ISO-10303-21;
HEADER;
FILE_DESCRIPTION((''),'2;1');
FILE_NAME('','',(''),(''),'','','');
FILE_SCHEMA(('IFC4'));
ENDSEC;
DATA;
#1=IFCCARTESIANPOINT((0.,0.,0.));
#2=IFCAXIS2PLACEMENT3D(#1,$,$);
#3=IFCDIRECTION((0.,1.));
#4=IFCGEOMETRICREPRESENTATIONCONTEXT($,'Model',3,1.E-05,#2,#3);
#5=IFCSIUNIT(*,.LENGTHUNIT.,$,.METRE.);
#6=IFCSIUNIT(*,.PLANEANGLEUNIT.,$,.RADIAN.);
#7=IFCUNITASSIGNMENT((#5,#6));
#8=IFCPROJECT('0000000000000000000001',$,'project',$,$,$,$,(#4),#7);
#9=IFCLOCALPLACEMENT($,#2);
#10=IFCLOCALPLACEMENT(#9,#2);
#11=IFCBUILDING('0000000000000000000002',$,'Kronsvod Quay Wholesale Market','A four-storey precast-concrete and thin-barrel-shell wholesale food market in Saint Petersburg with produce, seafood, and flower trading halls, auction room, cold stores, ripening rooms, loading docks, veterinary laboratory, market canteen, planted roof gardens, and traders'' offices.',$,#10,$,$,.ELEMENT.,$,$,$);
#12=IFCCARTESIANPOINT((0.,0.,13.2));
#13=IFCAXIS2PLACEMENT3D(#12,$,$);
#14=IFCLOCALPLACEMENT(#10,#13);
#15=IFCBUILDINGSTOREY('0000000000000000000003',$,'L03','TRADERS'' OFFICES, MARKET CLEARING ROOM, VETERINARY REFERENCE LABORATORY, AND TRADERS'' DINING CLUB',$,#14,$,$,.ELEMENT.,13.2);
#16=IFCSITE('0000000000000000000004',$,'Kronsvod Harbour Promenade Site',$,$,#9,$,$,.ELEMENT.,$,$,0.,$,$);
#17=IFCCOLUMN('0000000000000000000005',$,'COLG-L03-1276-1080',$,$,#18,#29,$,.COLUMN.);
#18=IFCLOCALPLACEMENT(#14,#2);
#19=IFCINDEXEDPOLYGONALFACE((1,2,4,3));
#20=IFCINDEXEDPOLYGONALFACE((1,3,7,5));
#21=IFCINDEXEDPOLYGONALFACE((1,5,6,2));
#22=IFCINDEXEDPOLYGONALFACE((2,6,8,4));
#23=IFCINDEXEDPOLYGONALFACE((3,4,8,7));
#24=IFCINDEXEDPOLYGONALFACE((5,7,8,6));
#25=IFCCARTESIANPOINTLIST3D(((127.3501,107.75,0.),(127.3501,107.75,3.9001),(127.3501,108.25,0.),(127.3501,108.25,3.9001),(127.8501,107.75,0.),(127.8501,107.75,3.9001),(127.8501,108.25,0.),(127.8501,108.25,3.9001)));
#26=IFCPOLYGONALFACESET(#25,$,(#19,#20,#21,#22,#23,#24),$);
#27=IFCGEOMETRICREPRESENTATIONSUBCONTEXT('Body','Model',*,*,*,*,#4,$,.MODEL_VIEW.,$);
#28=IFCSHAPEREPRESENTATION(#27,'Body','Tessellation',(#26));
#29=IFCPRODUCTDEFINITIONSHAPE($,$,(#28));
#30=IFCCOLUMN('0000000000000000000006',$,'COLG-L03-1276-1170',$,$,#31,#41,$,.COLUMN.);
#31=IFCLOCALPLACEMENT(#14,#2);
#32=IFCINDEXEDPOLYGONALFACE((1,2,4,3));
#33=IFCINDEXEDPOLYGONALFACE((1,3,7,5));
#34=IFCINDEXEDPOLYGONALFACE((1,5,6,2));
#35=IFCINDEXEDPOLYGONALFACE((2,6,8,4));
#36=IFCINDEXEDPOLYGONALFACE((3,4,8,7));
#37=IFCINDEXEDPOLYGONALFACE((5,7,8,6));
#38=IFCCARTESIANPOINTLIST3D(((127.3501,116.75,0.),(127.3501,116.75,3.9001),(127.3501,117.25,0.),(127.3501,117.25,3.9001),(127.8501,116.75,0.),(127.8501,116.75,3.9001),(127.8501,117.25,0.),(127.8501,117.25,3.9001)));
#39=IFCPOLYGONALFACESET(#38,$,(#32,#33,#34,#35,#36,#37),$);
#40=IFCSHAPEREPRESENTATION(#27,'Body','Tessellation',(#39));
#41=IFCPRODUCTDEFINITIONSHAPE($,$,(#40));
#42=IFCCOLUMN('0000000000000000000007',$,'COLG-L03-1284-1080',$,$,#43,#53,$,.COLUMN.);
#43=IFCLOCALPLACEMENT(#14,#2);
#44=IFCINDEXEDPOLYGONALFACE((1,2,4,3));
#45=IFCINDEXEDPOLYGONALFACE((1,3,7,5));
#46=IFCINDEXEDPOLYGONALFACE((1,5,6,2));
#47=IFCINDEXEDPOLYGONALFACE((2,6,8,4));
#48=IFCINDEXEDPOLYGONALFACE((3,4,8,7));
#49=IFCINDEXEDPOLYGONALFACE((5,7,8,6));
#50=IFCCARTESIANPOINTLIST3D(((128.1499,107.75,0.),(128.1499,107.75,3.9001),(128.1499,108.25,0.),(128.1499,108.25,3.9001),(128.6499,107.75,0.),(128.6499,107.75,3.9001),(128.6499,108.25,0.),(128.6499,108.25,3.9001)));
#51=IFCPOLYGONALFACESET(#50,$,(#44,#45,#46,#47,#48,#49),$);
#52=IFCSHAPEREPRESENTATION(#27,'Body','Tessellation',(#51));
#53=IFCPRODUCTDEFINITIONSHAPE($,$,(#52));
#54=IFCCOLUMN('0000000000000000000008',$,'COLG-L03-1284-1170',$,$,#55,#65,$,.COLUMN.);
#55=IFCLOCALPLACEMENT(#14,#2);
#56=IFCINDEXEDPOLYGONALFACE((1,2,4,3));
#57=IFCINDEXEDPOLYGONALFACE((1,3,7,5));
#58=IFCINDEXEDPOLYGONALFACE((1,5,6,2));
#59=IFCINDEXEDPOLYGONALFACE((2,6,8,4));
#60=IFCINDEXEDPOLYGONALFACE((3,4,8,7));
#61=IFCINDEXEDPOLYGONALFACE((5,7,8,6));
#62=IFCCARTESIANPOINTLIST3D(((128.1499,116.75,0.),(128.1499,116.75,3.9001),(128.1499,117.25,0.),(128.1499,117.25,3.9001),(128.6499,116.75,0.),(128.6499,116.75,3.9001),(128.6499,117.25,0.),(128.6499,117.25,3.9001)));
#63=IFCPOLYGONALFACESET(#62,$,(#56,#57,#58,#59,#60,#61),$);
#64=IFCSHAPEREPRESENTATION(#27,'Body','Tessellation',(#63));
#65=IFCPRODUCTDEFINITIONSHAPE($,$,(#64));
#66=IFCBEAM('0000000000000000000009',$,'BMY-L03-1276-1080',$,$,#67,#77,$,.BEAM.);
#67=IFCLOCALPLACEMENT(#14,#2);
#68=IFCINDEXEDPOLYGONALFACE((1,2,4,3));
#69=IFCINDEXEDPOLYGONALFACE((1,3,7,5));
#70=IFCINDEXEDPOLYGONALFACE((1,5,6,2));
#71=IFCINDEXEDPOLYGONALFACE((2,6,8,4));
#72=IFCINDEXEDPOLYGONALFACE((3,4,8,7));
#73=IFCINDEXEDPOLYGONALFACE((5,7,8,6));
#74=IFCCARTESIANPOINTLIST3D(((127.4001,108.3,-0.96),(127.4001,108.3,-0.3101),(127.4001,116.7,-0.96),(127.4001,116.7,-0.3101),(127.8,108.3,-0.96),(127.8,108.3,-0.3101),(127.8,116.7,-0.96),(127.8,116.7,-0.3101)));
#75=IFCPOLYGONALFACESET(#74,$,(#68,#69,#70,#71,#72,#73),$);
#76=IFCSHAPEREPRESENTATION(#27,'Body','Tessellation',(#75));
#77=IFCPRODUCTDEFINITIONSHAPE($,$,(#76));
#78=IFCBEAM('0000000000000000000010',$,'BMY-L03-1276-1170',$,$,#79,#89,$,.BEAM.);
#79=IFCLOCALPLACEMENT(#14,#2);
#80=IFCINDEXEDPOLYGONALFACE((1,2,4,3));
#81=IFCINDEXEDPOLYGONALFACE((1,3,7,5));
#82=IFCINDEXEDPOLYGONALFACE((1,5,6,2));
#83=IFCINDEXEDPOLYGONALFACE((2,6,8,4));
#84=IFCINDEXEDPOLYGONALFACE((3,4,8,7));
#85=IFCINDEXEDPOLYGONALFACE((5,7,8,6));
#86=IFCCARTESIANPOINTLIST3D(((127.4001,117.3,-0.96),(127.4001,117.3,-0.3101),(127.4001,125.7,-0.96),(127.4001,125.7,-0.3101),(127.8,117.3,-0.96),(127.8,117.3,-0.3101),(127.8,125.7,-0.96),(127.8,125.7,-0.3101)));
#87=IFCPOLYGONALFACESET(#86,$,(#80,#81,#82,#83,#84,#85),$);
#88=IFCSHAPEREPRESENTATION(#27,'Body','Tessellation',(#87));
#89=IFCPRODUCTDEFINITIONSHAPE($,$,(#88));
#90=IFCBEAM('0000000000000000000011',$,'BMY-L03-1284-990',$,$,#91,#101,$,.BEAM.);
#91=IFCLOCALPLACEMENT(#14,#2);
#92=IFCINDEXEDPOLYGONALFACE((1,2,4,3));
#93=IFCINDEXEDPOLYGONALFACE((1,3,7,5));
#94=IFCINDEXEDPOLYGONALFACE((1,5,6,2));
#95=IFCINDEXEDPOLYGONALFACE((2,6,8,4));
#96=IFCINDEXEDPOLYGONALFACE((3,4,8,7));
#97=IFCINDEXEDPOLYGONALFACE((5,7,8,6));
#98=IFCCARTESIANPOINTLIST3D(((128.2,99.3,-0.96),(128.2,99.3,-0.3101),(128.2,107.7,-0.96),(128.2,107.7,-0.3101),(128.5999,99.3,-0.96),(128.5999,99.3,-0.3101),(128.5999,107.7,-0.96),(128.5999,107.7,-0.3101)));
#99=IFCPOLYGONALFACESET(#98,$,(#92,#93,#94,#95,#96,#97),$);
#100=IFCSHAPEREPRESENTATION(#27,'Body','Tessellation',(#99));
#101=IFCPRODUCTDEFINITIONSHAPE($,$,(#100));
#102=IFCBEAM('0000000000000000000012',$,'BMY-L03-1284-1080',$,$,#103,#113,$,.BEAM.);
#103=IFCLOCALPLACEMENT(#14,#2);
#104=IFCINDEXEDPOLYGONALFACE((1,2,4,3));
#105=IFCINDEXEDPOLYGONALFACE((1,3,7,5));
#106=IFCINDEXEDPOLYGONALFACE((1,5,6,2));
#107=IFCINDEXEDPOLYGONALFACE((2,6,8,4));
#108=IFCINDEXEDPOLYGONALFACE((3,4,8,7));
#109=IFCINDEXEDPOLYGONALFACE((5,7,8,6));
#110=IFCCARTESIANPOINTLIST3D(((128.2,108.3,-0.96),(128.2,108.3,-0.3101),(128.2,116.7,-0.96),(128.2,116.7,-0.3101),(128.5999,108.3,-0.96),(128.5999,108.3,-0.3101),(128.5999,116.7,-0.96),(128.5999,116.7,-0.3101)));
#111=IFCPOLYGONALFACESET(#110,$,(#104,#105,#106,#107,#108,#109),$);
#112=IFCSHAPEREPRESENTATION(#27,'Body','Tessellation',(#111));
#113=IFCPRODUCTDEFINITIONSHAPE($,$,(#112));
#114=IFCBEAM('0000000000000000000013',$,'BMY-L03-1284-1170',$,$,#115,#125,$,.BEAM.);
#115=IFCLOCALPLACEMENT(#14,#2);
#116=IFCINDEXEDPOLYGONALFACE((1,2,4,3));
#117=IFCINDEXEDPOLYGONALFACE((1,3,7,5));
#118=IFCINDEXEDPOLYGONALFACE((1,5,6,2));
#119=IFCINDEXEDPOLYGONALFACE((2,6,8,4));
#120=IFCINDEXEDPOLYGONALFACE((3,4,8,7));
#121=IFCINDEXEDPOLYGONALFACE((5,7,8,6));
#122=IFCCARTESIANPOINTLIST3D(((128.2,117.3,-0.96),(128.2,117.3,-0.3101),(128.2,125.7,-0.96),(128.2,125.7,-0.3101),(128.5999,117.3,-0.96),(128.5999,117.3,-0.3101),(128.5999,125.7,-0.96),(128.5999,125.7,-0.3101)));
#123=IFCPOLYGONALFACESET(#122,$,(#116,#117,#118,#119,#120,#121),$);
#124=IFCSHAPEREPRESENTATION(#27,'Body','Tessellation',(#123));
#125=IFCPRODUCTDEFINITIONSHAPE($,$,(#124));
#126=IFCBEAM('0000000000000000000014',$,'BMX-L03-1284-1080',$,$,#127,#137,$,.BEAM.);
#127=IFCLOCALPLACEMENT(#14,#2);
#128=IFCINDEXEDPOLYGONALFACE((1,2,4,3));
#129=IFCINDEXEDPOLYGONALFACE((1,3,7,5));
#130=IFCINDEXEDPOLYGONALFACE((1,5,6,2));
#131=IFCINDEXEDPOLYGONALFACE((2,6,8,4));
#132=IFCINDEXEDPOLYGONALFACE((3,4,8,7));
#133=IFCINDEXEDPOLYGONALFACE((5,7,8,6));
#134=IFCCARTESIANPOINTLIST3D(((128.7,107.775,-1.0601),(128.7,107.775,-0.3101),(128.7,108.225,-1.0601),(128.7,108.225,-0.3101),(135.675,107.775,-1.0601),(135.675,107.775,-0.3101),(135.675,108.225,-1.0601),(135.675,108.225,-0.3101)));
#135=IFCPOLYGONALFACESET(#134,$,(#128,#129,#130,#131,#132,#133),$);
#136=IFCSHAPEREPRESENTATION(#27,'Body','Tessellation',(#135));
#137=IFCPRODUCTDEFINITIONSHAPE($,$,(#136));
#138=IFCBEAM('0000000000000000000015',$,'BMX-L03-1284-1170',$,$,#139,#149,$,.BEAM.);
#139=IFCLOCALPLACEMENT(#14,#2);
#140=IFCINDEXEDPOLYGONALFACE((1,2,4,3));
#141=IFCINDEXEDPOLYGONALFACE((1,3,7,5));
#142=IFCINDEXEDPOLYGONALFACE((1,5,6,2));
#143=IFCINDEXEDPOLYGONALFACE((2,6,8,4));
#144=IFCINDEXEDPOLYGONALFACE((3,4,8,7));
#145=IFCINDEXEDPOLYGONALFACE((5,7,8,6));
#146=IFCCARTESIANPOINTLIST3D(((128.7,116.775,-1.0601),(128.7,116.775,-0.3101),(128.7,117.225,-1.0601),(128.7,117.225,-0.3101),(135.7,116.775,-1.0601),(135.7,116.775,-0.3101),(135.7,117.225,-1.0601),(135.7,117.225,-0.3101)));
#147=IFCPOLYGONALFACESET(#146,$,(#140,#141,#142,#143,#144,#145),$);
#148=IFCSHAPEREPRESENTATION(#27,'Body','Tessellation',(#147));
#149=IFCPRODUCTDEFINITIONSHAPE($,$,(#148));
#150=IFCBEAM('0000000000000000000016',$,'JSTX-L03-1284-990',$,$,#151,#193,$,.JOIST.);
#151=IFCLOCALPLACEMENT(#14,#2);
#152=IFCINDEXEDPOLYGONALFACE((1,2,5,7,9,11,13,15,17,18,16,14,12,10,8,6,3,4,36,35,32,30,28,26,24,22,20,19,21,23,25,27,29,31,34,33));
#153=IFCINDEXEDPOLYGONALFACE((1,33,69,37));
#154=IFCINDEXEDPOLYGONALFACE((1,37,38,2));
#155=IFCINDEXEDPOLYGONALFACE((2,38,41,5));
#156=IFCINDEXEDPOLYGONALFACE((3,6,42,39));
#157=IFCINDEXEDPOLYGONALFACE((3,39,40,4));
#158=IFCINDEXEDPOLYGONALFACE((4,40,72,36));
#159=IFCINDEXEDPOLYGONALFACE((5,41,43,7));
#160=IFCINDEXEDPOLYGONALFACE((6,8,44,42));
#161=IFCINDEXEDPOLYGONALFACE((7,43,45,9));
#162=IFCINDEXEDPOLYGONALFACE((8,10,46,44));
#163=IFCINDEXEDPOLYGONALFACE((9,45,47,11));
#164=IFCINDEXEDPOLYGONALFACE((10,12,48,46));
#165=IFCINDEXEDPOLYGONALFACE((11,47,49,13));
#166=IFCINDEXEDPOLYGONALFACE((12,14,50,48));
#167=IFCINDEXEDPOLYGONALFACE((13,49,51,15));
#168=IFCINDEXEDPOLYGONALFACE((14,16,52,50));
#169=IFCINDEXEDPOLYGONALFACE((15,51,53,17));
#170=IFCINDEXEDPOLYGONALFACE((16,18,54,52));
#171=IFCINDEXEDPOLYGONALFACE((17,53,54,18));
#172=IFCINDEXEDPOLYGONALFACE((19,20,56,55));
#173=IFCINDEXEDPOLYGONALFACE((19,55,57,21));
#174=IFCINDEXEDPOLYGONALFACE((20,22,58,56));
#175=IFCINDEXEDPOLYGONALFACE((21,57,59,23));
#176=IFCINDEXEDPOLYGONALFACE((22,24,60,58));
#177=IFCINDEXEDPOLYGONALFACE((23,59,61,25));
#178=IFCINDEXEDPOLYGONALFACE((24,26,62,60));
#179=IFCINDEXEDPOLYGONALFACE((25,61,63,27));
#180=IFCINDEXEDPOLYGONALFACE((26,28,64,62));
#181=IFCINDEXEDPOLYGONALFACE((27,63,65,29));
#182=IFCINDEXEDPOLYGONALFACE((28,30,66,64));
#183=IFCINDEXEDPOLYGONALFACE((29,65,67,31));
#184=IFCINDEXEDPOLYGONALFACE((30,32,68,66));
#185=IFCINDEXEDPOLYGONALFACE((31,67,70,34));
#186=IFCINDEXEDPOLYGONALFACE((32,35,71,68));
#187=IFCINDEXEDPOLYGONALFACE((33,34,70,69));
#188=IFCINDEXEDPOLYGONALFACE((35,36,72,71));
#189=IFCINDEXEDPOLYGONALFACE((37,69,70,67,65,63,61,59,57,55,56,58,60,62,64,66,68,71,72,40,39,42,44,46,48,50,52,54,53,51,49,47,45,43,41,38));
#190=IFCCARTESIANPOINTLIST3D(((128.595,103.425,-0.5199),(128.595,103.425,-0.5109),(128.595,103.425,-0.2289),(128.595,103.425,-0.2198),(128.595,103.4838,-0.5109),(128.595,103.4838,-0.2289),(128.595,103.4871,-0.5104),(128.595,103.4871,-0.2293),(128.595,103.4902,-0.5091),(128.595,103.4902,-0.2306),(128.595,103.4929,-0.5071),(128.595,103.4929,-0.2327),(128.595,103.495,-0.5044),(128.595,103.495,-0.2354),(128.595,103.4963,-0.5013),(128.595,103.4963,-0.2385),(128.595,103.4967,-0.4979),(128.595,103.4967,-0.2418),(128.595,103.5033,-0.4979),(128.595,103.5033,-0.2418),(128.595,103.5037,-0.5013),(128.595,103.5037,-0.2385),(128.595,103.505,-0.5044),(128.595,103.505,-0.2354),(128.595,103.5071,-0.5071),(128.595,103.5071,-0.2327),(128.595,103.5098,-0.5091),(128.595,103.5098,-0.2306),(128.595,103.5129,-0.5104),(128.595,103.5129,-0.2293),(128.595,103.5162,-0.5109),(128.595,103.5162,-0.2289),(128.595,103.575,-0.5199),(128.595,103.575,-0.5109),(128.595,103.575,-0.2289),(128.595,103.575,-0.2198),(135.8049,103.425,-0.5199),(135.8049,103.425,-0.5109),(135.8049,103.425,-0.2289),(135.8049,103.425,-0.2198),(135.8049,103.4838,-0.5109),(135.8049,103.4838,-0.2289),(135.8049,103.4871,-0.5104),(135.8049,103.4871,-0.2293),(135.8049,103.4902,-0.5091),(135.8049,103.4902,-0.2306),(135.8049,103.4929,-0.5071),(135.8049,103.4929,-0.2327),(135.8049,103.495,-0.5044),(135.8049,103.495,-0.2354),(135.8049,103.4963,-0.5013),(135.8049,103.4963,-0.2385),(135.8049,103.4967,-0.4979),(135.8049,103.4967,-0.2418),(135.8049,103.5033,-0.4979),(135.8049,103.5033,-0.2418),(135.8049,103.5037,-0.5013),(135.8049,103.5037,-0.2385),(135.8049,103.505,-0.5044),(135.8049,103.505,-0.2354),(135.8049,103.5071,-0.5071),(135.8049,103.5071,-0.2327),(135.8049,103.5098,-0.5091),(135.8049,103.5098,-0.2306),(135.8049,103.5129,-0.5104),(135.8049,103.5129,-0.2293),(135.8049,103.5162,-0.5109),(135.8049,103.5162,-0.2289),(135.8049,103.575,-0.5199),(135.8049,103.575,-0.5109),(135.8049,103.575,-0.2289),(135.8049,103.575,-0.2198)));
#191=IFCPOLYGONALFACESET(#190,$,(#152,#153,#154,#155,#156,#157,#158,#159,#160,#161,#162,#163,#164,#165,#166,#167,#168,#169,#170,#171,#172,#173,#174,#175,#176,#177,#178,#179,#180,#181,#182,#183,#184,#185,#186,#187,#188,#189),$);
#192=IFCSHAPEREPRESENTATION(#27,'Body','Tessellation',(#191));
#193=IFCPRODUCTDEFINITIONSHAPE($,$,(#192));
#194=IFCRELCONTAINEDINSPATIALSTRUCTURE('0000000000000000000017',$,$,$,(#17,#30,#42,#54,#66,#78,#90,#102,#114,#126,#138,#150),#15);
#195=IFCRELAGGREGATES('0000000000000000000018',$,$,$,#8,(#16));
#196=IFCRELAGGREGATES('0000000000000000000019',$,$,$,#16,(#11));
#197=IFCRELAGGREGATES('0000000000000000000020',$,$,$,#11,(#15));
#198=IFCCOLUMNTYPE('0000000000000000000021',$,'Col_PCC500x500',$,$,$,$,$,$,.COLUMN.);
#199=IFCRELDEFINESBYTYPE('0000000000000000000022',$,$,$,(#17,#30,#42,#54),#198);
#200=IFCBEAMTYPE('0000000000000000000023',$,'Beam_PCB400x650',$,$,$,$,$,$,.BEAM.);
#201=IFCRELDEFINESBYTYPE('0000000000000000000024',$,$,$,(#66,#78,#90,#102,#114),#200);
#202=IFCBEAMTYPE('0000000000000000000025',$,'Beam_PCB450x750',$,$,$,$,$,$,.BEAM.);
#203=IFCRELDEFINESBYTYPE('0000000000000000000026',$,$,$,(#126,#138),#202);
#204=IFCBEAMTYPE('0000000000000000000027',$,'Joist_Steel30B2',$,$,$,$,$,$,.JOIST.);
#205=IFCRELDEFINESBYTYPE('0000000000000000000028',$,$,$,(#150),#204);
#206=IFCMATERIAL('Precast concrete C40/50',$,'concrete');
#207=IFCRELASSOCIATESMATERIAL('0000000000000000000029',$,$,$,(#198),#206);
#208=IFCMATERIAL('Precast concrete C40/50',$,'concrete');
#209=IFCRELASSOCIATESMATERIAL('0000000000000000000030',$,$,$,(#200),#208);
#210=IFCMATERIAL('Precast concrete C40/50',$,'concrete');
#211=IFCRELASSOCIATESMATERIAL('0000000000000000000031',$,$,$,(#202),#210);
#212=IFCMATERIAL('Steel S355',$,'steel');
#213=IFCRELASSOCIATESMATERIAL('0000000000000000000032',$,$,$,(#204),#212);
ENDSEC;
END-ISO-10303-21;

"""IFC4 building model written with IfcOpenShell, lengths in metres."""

from ifc_helpers import new_model, si_unit, direction, frame, origin, origin_2d, place, context, subcontext, project, spatial, rectangle, i_section, extrude, material, material_profile, profile_set, type_object, element, save


model = new_model("IFC4")

# Units and contexts
model_context = context("Model", 3, precision=1e-05, world=origin(), true_north=direction((0.0, 1.0)))
body_context = subcontext(model_context, "Body", "Model", "MODEL_VIEW")
ifc_project = project(units=[si_unit("LENGTHUNIT", "METRE"), si_unit("PLANEANGLEUNIT", "RADIAN")], contexts=[model_context])

# Site, building, storey
site_placement = place(None, origin())
site = spatial("IfcSite", under=ifc_project, at=site_placement, Name="Kronsvod Harbour Promenade Site", CompositionType="ELEMENT", RefElevation=0.0)
building_placement = place(site_placement, origin())
building = spatial("IfcBuilding", under=site, at=building_placement, Name="Kronsvod Quay Wholesale Market", Description="A four-storey precast-concrete and thin-barrel-shell wholesale food market in Saint Petersburg with produce, seafood, and flower trading halls, auction room, cold stores, ripening rooms, loading docks, veterinary laboratory, market canteen, planted roof gardens, and traders' offices.", CompositionType="ELEMENT")
storey_placement = place(building_placement, frame((0.0, 0.0, 13.2)))
storey = spatial("IfcBuildingStorey", under=building, at=storey_placement, Name="L03", Description="TRADERS' OFFICES, MARKET CLEARING ROOM, VETERINARY REFERENCE LABORATORY, AND TRADERS' DINING CLUB", CompositionType="ELEMENT", Elevation=13.2)

# Columns
ifc_material_1 = material(Name="Precast concrete C40/50", Category="concrete")
ifc_material_profile_1 = material_profile(ifc_material_1, rectangle(XDim=0.5, YDim=0.5, at=origin_2d()), Name="PCC500x500")
ifc_profile_set_1 = profile_set([ifc_material_profile_1], Name="Precast concrete C40/50")
column_type = type_object("IfcColumnType", Name="Col_PCC500x500", PredefinedType="COLUMN", material=ifc_profile_set_1)
for number, where, z_axis, x_axis, name in (
    (1, (127.6001, 108.0, 0.0), (0.0, 0.0, 1.0), (1.0, 0.0, 0.0), "COLG-L03-1276-1080"),
    (2, (127.6001, 117.0, 0.0), (0.0, 0.0, 1.0), (1.0, 0.0, 0.0), "COLG-L03-1276-1170"),
    (3, (128.3999, 108.0, 0.0), (0.0, 0.0, 1.0), (1.0, 0.0, 0.0), "COLG-L03-1284-1080"),
    (4, (128.3999, 117.0, 0.0), (0.0, 0.0, 1.0), (1.0, 0.0, 0.0), "COLG-L03-1284-1170"),
):
    element("IfcColumn", number, at=place(storey_placement, frame(where, z_axis=z_axis, x_axis=x_axis)), inside=storey, type_object=column_type, Name=name, PredefinedType="COLUMN", context=body_context, shape_type="SweptSolid", body=[
        extrude(rectangle(XDim=0.5, YDim=0.5, at=origin_2d()), origin(), (0.0, 0.0, 1.0), 3.9001),
    ])

# Beams
ifc_material_2 = material(Name="Precast concrete C40/50", Category="concrete")
ifc_material_profile_2 = material_profile(ifc_material_2, rectangle(XDim=0.3999, YDim=0.6499, at=origin_2d()), Name="PCB400x650")
ifc_profile_set_2 = profile_set([ifc_material_profile_2], Name="Precast concrete C40/50")
beam_type_1 = type_object("IfcBeamType", Name="Beam_PCB400x650", PredefinedType="BEAM", material=ifc_profile_set_2)
for number, where, z_axis, x_axis, name in (
    (5, (127.6001, 108.3, -0.635), (0.0, 1.0, 0.0), (-1.0, 0.0, 0.0), "BMY-L03-1276-1080"),
    (6, (127.6001, 117.3, -0.635), (0.0, 1.0, 0.0), (-1.0, 0.0, 0.0), "BMY-L03-1276-1170"),
    (7, (128.3999, 99.3, -0.635), (0.0, 1.0, 0.0), (-1.0, 0.0, 0.0), "BMY-L03-1284-990"),
    (8, (128.3999, 108.3, -0.635), (0.0, 1.0, 0.0), (-1.0, 0.0, 0.0), "BMY-L03-1284-1080"),
    (9, (128.3999, 117.3, -0.635), (0.0, 1.0, 0.0), (-1.0, 0.0, 0.0), "BMY-L03-1284-1170"),
):
    element("IfcBeam", number, at=place(storey_placement, frame(where, z_axis=z_axis, x_axis=x_axis)), inside=storey, type_object=beam_type_1, Name=name, PredefinedType="BEAM", context=body_context, shape_type="SweptSolid", body=[
        extrude(rectangle(XDim=0.3999, YDim=0.6499, at=origin_2d()), origin(), (0.0, 0.0, 1.0), 8.3999),
    ])
ifc_material_3 = material(Name="Precast concrete C40/50", Category="concrete")
ifc_material_profile_3 = material_profile(ifc_material_3, rectangle(XDim=0.45, YDim=0.75, at=origin_2d()), Name="PCB450x750")
ifc_profile_set_3 = profile_set([ifc_material_profile_3], Name="Precast concrete C40/50")
beam_type_2 = type_object("IfcBeamType", Name="Beam_PCB450x750", PredefinedType="BEAM", material=ifc_profile_set_3)
beam_1_placement = place(storey_placement, frame((128.7, 108.0, -0.6851), z_axis=(1.0, 0.0, 0.0), x_axis=(0.0, 1.0, 0.0)))
element("IfcBeam", 10, at=beam_1_placement, inside=storey, type_object=beam_type_2, Name="BMX-L03-1284-1080", PredefinedType="BEAM", context=body_context, shape_type="SweptSolid", body=[
    extrude(rectangle(XDim=0.45, YDim=0.75, at=origin_2d()), origin(), (0.0, 0.0, 1.0), 6.9751),
])
beam_2_placement = place(storey_placement, frame((128.7, 117.0, -0.6851), z_axis=(1.0, 0.0, 0.0), x_axis=(0.0, 1.0, 0.0)))
element("IfcBeam", 11, at=beam_2_placement, inside=storey, type_object=beam_type_2, Name="BMX-L03-1284-1170", PredefinedType="BEAM", context=body_context, shape_type="SweptSolid", body=[
    extrude(rectangle(XDim=0.45, YDim=0.75, at=origin_2d()), origin(), (0.0, 0.0, 1.0), 7.0),
])
ifc_material_4 = material(Name="Steel S355", Category="steel")
ifc_material_profile_4 = material_profile(ifc_material_4, i_section(OverallWidth=0.1499, OverallDepth=0.3, WebThickness=0.0066, FlangeThickness=0.009, FilletRadius=0.0129, at=origin_2d()), Name="30B2")
ifc_profile_set_4 = profile_set([ifc_material_profile_4], Name="Steel S355")
beam_type_3 = type_object("IfcBeamType", Name="Joist_Steel30B2", PredefinedType="JOIST", material=ifc_profile_set_4)
for number, where, z_axis, x_axis, name in (
    (12, (128.595, 103.5, -0.3699), (1.0, 0.0, 0.0), (0.0, 1.0, 0.0), "JSTX-L03-1284-990"),
):
    element("IfcBeam", number, at=place(storey_placement, frame(where, z_axis=z_axis, x_axis=x_axis)), inside=storey, type_object=beam_type_3, Name=name, PredefinedType="JOIST", context=body_context, shape_type="SweptSolid", body=[
        extrude(i_section(OverallWidth=0.1499, OverallDepth=0.3, WebThickness=0.0066, FlangeThickness=0.009, FilletRadius=0.0129, at=origin_2d()), origin(), (0.0, 0.0, 1.0), 7.21),
    ])

save(model, "model.ifc")
